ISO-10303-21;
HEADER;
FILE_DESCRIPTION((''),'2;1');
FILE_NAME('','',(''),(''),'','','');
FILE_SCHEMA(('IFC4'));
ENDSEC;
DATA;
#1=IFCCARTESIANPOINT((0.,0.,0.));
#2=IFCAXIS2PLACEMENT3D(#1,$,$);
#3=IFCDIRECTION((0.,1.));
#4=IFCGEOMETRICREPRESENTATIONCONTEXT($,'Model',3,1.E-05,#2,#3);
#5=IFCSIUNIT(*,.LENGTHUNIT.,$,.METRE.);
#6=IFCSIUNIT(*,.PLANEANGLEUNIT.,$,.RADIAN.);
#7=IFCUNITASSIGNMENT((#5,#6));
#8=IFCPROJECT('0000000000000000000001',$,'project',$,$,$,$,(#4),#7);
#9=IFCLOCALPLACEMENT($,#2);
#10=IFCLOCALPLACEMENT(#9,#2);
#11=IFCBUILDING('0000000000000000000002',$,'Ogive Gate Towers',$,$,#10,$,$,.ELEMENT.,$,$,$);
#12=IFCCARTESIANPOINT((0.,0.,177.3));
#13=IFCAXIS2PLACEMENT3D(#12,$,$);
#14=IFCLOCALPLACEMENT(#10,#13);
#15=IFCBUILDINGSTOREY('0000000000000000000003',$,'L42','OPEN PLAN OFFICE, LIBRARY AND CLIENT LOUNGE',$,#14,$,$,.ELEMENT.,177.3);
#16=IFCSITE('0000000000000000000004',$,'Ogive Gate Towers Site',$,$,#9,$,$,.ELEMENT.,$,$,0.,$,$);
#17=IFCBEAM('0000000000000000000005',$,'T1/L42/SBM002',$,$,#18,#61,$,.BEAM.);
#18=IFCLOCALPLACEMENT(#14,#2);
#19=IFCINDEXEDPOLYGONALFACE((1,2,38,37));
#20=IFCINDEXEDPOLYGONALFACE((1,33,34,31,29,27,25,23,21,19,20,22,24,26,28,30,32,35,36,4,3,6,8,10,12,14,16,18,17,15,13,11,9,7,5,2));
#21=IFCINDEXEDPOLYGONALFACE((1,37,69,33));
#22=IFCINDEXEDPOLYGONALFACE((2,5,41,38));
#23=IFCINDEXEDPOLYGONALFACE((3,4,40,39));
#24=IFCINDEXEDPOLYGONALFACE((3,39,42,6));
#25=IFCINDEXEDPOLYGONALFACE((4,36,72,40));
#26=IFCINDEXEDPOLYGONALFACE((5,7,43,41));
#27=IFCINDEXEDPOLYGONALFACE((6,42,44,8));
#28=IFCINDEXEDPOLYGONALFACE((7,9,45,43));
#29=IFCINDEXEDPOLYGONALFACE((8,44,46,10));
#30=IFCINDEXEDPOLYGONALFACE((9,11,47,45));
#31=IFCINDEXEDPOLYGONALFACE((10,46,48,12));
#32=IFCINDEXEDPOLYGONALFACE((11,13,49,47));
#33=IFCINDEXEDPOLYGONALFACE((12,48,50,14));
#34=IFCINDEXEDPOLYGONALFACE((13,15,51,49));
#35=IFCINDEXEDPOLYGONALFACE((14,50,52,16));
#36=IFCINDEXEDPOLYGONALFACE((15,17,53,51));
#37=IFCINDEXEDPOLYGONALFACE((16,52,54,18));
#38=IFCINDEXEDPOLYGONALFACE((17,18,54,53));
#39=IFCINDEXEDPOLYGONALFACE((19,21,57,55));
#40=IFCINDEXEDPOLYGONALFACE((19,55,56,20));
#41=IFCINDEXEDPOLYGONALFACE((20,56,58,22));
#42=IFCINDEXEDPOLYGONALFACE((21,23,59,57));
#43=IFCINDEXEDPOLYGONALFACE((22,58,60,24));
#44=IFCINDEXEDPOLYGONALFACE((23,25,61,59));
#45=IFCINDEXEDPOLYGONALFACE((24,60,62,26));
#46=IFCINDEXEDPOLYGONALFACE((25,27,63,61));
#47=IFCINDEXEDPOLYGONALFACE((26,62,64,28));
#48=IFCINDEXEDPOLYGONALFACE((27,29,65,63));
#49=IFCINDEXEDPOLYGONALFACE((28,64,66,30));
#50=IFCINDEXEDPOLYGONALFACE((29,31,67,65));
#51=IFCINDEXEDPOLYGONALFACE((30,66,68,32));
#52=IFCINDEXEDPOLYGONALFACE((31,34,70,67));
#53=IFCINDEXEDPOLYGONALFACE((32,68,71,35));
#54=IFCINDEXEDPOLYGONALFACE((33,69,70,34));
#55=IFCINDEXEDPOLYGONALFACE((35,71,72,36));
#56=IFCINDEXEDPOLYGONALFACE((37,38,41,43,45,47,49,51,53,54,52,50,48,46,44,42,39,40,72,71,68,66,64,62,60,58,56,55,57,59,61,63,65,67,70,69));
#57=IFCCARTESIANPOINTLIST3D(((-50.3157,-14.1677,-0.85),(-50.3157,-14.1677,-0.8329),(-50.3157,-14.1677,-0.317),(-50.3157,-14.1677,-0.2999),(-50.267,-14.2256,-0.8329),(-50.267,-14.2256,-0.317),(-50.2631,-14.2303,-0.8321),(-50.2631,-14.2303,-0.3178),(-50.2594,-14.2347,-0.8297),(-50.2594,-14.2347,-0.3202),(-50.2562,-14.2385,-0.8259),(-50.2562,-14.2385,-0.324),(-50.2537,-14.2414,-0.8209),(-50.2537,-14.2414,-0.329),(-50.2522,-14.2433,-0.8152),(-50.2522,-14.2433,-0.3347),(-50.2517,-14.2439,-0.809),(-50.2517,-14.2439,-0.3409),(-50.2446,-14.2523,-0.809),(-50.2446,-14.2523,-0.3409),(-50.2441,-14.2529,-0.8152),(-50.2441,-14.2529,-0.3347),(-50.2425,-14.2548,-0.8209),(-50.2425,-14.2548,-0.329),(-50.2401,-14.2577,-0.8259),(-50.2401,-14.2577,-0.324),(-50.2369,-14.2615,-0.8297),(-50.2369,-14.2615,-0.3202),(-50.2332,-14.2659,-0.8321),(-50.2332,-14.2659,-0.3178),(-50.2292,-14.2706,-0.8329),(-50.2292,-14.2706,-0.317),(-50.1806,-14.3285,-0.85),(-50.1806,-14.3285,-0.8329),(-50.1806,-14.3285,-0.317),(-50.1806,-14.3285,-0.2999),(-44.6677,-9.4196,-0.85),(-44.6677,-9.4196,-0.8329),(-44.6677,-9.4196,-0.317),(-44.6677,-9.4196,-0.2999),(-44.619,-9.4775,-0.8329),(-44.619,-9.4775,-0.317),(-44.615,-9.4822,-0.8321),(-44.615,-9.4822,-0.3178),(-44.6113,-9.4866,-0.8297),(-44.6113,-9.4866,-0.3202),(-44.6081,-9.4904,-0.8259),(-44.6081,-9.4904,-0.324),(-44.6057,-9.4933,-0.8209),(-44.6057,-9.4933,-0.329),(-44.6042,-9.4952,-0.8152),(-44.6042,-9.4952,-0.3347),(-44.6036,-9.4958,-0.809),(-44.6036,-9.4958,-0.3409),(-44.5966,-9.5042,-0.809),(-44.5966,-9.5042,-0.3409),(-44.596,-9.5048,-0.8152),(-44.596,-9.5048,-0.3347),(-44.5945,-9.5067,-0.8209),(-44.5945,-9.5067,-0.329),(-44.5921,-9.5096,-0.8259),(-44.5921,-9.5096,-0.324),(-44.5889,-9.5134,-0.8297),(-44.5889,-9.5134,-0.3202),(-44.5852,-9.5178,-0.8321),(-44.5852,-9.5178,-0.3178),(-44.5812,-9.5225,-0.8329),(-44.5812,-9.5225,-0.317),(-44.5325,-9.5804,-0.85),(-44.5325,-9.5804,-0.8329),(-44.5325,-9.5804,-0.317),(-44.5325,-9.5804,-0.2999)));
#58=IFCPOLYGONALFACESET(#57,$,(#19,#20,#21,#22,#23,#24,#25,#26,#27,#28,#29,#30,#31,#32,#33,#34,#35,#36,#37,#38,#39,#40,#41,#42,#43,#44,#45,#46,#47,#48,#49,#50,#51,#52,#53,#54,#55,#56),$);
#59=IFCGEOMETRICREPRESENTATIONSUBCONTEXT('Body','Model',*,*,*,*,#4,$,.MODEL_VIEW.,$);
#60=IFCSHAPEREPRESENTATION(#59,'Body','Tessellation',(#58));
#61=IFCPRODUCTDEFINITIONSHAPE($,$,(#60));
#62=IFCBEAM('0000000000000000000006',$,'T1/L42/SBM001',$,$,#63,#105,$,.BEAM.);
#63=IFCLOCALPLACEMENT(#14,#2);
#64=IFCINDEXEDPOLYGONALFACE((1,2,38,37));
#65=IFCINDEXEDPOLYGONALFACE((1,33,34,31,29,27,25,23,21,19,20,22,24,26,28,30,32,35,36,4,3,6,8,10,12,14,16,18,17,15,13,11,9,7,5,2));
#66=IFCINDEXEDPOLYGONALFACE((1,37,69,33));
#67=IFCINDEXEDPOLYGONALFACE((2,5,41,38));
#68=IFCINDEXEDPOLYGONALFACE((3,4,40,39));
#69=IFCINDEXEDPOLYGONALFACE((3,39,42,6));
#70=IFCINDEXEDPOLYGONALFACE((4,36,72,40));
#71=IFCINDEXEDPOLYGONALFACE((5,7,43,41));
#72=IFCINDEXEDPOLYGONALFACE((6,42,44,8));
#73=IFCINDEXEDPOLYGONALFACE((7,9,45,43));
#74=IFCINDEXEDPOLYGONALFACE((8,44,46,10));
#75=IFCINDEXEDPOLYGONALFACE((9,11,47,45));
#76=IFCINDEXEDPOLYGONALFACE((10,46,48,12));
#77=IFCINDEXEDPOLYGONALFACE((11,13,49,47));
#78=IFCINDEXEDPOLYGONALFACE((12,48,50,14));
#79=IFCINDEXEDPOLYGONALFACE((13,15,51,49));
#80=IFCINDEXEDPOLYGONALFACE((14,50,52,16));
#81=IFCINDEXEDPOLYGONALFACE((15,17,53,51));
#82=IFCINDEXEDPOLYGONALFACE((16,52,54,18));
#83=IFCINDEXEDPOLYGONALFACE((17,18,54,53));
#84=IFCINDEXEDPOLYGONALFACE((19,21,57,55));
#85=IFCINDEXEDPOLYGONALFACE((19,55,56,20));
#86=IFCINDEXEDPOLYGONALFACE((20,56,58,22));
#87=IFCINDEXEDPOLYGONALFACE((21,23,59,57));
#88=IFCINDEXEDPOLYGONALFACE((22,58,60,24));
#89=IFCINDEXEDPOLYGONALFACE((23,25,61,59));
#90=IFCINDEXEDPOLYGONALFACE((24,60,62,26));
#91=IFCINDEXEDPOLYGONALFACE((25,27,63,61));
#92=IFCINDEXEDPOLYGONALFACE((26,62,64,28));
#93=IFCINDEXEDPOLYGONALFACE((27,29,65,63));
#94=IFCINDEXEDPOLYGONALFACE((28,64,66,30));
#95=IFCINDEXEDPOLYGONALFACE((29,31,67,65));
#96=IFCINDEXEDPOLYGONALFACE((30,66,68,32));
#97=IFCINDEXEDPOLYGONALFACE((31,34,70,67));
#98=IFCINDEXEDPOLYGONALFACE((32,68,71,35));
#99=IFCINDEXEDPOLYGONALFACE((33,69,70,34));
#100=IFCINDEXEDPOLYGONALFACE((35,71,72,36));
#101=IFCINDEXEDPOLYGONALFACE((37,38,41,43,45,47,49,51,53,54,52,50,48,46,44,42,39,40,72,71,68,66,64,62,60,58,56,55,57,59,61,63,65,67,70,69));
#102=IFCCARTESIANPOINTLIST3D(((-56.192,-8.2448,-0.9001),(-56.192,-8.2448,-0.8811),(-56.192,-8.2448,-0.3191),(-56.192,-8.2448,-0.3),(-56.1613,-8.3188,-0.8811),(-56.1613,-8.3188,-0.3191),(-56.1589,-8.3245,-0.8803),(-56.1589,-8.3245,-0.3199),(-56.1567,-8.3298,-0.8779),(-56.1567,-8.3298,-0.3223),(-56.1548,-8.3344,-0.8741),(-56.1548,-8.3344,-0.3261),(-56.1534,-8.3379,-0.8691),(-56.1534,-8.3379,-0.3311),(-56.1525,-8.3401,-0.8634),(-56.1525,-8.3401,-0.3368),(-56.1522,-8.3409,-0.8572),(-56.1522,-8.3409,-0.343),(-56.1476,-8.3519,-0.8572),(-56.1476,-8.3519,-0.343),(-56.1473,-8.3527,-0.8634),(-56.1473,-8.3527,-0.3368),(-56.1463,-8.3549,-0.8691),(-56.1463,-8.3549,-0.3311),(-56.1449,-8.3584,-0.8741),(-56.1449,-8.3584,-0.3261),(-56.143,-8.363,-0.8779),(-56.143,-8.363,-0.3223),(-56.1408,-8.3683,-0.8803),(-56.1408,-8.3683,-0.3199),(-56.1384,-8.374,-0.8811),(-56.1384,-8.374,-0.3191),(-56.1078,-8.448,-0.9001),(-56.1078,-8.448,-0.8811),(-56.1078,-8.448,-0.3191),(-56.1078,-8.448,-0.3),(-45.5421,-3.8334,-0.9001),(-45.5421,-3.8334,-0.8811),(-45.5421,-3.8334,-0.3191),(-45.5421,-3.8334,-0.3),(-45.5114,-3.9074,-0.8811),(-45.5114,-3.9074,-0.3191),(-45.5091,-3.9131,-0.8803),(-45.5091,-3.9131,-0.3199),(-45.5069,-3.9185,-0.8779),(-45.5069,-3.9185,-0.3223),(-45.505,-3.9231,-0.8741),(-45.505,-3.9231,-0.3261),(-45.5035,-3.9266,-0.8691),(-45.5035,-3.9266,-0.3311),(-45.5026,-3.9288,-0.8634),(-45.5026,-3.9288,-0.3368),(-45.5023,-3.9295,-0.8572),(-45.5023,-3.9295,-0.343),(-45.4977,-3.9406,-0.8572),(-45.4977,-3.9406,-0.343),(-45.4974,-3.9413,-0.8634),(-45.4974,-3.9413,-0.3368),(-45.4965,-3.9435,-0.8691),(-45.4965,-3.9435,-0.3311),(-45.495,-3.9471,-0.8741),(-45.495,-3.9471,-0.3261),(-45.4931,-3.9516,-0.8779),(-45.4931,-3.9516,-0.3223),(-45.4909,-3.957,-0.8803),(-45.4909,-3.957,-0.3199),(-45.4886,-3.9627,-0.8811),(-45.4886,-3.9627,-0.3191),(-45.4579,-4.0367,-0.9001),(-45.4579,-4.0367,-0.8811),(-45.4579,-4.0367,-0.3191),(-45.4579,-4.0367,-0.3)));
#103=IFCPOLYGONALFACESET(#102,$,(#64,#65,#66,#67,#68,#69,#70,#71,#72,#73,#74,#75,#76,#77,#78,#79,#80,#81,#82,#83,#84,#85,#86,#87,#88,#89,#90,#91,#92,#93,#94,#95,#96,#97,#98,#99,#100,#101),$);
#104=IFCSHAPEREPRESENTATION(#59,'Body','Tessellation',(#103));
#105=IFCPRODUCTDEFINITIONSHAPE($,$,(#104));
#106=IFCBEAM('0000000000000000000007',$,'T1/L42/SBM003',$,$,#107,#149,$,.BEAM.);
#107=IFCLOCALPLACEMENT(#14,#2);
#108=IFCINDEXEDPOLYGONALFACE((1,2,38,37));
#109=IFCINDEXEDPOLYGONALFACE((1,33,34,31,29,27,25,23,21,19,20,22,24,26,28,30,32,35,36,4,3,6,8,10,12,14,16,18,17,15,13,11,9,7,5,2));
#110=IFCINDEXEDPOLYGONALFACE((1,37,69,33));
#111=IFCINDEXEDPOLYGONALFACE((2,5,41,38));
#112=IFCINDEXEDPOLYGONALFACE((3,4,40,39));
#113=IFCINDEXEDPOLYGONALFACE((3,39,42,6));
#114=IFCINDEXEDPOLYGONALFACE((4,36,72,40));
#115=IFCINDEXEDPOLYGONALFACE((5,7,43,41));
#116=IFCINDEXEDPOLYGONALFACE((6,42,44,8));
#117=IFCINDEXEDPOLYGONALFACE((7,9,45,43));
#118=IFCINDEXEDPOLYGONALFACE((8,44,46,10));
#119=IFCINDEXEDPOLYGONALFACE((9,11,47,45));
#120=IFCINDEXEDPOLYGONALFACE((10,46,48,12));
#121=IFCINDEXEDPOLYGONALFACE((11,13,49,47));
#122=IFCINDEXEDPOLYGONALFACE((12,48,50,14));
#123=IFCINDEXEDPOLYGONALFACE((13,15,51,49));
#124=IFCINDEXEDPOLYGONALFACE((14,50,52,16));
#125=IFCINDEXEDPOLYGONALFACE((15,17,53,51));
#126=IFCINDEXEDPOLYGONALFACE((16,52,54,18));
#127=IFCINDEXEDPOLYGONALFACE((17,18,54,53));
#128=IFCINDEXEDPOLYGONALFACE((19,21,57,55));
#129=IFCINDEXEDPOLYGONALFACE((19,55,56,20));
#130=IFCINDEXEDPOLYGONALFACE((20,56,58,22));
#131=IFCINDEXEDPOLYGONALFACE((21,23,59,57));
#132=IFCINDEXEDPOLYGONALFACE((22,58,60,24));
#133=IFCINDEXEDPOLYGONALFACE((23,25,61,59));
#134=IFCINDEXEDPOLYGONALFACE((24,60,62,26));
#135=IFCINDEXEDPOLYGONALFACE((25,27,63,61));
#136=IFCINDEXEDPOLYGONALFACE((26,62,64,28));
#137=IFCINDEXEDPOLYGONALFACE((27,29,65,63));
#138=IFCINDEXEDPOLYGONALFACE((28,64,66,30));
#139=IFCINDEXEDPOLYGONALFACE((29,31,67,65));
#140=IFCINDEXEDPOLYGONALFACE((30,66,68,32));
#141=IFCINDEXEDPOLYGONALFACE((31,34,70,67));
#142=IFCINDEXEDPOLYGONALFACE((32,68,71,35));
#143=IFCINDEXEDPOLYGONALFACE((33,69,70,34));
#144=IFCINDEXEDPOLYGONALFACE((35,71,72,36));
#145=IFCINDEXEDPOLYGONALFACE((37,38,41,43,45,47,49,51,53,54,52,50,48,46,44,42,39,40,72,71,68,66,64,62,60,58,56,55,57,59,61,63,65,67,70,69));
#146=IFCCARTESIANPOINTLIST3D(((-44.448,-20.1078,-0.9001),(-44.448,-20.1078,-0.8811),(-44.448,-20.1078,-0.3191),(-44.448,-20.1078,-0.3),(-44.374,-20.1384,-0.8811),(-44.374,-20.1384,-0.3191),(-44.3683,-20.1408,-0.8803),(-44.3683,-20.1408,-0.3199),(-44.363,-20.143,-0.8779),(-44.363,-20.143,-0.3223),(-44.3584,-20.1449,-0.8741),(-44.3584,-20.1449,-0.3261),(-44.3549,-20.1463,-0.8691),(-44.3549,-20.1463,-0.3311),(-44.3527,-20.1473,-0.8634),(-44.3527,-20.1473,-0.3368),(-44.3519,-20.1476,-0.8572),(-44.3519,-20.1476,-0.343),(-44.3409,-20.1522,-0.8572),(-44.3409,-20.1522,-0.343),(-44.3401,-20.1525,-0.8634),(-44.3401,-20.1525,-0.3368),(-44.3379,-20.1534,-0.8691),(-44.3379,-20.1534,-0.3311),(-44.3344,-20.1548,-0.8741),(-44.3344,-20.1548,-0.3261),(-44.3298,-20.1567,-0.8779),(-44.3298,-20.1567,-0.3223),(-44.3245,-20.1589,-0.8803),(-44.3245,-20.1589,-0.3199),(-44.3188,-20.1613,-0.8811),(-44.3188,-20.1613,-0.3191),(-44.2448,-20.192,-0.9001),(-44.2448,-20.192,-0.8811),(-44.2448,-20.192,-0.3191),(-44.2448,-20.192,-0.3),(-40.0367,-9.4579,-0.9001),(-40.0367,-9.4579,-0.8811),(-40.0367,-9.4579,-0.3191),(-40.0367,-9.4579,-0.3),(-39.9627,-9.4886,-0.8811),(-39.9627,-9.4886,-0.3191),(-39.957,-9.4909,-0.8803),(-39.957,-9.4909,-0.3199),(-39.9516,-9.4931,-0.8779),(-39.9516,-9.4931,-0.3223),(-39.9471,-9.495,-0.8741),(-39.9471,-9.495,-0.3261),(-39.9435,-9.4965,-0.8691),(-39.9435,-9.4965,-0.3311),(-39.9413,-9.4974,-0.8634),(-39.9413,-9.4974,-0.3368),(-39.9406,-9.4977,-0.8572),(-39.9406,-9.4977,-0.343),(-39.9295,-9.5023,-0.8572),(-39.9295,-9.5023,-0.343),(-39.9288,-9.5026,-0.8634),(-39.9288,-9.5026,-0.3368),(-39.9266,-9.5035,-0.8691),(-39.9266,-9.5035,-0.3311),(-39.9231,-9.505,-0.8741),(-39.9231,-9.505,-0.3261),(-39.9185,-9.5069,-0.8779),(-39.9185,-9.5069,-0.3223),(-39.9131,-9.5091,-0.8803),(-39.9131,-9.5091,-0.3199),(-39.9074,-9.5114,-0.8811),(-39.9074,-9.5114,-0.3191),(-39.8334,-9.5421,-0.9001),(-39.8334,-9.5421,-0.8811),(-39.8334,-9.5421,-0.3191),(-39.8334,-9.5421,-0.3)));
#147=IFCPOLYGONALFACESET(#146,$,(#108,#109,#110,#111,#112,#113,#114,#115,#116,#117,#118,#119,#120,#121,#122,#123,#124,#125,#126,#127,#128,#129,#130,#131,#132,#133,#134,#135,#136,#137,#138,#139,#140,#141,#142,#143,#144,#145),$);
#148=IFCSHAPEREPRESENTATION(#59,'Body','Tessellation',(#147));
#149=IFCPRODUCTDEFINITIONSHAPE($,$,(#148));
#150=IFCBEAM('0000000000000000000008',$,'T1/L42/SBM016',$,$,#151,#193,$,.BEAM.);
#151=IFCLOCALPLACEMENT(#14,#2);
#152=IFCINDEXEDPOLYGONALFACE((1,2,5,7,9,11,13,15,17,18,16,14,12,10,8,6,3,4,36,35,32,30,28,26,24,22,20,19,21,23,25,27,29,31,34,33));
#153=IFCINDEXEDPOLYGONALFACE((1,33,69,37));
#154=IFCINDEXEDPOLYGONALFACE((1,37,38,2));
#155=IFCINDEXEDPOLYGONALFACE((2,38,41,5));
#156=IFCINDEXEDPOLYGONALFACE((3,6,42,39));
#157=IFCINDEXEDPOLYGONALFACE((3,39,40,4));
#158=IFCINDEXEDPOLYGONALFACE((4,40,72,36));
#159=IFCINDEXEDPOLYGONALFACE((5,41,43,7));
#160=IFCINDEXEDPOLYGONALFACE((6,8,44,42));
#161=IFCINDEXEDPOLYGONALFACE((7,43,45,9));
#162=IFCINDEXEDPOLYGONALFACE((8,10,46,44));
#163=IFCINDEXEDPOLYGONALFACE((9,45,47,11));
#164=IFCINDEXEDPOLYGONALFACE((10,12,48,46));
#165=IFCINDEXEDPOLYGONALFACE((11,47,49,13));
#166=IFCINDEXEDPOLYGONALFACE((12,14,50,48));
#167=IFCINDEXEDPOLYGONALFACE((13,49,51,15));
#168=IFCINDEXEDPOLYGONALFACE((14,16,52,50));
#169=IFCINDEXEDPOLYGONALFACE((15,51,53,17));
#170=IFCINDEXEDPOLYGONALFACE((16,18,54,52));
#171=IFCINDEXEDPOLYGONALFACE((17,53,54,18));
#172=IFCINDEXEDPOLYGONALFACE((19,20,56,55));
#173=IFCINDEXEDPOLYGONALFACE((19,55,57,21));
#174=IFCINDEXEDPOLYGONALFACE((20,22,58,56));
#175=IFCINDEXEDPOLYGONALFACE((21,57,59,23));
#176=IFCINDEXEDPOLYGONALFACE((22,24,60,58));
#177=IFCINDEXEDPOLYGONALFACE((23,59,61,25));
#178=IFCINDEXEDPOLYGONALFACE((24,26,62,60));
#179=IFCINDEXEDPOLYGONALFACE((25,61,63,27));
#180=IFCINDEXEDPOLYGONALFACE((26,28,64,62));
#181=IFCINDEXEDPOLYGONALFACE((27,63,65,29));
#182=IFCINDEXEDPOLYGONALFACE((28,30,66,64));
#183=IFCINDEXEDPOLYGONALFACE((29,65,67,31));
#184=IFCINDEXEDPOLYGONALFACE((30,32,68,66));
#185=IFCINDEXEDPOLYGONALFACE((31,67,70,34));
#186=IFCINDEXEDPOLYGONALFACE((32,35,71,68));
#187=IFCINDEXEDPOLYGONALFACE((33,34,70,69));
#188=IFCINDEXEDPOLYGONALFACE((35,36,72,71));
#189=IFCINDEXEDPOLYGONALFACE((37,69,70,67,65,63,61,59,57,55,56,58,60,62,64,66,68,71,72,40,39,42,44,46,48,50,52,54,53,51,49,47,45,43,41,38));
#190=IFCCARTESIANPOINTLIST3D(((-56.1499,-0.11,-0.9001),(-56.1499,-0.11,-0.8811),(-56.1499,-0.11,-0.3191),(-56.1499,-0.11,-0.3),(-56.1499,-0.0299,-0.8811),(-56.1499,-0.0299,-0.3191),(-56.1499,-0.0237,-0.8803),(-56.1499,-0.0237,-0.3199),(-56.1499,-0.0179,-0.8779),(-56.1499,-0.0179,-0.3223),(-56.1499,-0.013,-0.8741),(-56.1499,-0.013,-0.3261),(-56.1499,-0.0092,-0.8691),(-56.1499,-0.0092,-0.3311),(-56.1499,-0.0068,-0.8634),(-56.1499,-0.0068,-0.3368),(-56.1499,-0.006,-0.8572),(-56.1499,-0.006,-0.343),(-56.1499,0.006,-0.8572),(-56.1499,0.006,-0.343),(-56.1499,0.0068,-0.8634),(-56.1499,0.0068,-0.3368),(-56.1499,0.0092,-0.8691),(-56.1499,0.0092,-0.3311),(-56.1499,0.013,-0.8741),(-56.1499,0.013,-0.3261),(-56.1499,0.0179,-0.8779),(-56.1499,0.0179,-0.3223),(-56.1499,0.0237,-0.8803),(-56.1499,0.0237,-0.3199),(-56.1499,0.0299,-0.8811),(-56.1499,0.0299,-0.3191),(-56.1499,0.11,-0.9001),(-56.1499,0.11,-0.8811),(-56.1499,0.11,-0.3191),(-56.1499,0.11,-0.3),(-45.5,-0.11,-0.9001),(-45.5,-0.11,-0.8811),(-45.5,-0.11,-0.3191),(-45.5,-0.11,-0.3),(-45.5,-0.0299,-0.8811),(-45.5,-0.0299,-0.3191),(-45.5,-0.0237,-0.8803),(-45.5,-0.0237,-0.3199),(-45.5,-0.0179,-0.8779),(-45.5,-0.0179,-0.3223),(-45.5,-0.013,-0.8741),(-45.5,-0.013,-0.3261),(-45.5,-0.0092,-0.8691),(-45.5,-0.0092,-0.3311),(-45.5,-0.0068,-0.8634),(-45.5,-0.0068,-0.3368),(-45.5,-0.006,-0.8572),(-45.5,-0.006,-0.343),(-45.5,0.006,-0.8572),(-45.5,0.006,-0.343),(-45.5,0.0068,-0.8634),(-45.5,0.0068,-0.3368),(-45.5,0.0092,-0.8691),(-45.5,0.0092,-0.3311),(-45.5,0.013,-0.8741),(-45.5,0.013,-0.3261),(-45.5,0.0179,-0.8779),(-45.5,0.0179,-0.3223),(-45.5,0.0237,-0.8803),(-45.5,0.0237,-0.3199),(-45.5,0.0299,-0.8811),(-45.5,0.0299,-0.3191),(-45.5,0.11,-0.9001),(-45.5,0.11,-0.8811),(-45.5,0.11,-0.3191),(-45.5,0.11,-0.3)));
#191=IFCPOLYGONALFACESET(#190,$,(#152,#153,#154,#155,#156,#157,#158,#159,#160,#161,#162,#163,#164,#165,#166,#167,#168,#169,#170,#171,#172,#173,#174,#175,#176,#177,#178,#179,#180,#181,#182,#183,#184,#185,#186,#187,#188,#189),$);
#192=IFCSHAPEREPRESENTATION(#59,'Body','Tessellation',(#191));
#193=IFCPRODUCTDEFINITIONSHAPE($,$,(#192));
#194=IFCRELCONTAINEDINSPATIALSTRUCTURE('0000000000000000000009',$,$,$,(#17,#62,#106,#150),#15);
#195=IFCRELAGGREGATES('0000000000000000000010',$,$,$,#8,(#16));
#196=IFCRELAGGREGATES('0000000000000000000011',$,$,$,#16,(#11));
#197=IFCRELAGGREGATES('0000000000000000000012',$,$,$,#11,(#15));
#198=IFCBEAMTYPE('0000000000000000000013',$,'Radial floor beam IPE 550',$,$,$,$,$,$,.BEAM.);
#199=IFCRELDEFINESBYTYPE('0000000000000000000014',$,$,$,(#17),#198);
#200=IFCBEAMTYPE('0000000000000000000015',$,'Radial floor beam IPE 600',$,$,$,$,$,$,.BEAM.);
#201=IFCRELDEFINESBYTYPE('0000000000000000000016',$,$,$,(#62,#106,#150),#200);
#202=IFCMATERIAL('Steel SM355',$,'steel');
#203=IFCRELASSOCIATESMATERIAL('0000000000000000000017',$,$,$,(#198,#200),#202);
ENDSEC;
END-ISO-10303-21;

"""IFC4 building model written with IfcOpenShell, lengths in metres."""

from ifc_helpers import new_model, si_unit, direction, frame, origin, origin_2d, place, context, subcontext, project, spatial, i_section, extrude, material, material_profile, profile_set, type_object, element, save


model = new_model("IFC4")

# Units and contexts
model_context = context("Model", 3, precision=1e-05, world=origin(), true_north=direction((0.0, 1.0)))
body_context = subcontext(model_context, "Body", "Model", "MODEL_VIEW")
ifc_project = project(units=[si_unit("LENGTHUNIT", "METRE"), si_unit("PLANEANGLEUNIT", "RADIAN")], contexts=[model_context])

# Site, building, storey
site_placement = place(None, origin())
site = spatial("IfcSite", under=ifc_project, at=site_placement, Name="Ogive Gate Towers Site", CompositionType="ELEMENT", RefElevation=0.0)
building_placement = place(site_placement, origin())
building = spatial("IfcBuilding", under=site, at=building_placement, Name="Ogive Gate Towers", CompositionType="ELEMENT")
storey_placement = place(building_placement, frame((0.0, 0.0, 177.3)))
storey = spatial("IfcBuildingStorey", under=building, at=storey_placement, Name="L42", Description="OPEN PLAN OFFICE, LIBRARY AND CLIENT LOUNGE", CompositionType="ELEMENT", Elevation=177.3)

# Beams
ifc_material_1 = material(Name="Steel SM355", Category="steel")
ifc_material_profile_1 = material_profile(ifc_material_1, i_section(OverallWidth=0.21, OverallDepth=0.55, WebThickness=0.011, FlangeThickness=0.0171, FilletRadius=0.0239, at=origin_2d()), Name="IPE 550")
ifc_profile_set_1 = profile_set([ifc_material_profile_1], Name="Steel SM355")
beam_type_1 = type_object("IfcBeamType", Name="Radial floor beam IPE 550", PredefinedType="BEAM", material=ifc_profile_set_1)
beam_1_placement = place(storey_placement, frame((-44.6001, -9.5, -0.575), z_axis=(-0.765453, -0.643492, 0.0), x_axis=(0.643492, -0.765453, 0.0)))
element("IfcBeam", 1, at=beam_1_placement, inside=storey, type_object=beam_type_1, Name="T1/L42/SBM002", PredefinedType="BEAM", context=body_context, shape_type="SweptSolid", body=[
    extrude(i_section(OverallWidth=0.21, OverallDepth=0.55, WebThickness=0.011, FlangeThickness=0.0171, FilletRadius=0.0239, at=origin_2d()), origin(), (0.0, 0.0, 1.0), 7.3787),
])
ifc_material_profile_2 = material_profile(ifc_material_1, i_section(OverallWidth=0.22, OverallDepth=0.6001, WebThickness=0.012, FlangeThickness=0.019, FilletRadius=0.0239, at=origin_2d()), Name="IPE 600")
ifc_profile_set_2 = profile_set([ifc_material_profile_2], Name="Steel SM355")
beam_type_2 = type_object("IfcBeamType", Name="Radial floor beam IPE 600", PredefinedType="BEAM", material=ifc_profile_set_2)
for number, where, z_axis, x_axis, name in (
    (2, (-45.5, -3.9351, -0.6001), (-0.923878, -0.382687, 0.0), (0.382687, -0.923878, 0.0), "T1/L42/SBM001"),
    (3, (-39.9351, -9.5, -0.6001), (-0.382687, -0.923878, 0.0), (0.923878, -0.382687, 0.0), "T1/L42/SBM003"),
):
    element("IfcBeam", number, at=place(storey_placement, frame(where, z_axis=z_axis, x_axis=x_axis)), inside=storey, type_object=beam_type_2, Name=name, PredefinedType="BEAM", context=body_context, shape_type="SweptSolid", body=[
        extrude(i_section(OverallWidth=0.22, OverallDepth=0.6001, WebThickness=0.012, FlangeThickness=0.019, FilletRadius=0.0239, at=origin_2d()), origin(), (0.0, 0.0, 1.0), 11.5273),
    ])
beam_2_placement = place(storey_placement, frame((-45.5, 0.0, -0.6001), z_axis=(-1.0, 0.0, 0.0), x_axis=(0.0, -1.0, 0.0)))
element("IfcBeam", 4, at=beam_2_placement, inside=storey, type_object=beam_type_2, Name="T1/L42/SBM016", PredefinedType="BEAM", context=body_context, shape_type="SweptSolid", body=[
    extrude(i_section(OverallWidth=0.22, OverallDepth=0.6001, WebThickness=0.012, FlangeThickness=0.019, FilletRadius=0.0239, at=origin_2d()), origin(), (0.0, 0.0, 1.0), 10.6499),
])

save(model, "model.ifc")
